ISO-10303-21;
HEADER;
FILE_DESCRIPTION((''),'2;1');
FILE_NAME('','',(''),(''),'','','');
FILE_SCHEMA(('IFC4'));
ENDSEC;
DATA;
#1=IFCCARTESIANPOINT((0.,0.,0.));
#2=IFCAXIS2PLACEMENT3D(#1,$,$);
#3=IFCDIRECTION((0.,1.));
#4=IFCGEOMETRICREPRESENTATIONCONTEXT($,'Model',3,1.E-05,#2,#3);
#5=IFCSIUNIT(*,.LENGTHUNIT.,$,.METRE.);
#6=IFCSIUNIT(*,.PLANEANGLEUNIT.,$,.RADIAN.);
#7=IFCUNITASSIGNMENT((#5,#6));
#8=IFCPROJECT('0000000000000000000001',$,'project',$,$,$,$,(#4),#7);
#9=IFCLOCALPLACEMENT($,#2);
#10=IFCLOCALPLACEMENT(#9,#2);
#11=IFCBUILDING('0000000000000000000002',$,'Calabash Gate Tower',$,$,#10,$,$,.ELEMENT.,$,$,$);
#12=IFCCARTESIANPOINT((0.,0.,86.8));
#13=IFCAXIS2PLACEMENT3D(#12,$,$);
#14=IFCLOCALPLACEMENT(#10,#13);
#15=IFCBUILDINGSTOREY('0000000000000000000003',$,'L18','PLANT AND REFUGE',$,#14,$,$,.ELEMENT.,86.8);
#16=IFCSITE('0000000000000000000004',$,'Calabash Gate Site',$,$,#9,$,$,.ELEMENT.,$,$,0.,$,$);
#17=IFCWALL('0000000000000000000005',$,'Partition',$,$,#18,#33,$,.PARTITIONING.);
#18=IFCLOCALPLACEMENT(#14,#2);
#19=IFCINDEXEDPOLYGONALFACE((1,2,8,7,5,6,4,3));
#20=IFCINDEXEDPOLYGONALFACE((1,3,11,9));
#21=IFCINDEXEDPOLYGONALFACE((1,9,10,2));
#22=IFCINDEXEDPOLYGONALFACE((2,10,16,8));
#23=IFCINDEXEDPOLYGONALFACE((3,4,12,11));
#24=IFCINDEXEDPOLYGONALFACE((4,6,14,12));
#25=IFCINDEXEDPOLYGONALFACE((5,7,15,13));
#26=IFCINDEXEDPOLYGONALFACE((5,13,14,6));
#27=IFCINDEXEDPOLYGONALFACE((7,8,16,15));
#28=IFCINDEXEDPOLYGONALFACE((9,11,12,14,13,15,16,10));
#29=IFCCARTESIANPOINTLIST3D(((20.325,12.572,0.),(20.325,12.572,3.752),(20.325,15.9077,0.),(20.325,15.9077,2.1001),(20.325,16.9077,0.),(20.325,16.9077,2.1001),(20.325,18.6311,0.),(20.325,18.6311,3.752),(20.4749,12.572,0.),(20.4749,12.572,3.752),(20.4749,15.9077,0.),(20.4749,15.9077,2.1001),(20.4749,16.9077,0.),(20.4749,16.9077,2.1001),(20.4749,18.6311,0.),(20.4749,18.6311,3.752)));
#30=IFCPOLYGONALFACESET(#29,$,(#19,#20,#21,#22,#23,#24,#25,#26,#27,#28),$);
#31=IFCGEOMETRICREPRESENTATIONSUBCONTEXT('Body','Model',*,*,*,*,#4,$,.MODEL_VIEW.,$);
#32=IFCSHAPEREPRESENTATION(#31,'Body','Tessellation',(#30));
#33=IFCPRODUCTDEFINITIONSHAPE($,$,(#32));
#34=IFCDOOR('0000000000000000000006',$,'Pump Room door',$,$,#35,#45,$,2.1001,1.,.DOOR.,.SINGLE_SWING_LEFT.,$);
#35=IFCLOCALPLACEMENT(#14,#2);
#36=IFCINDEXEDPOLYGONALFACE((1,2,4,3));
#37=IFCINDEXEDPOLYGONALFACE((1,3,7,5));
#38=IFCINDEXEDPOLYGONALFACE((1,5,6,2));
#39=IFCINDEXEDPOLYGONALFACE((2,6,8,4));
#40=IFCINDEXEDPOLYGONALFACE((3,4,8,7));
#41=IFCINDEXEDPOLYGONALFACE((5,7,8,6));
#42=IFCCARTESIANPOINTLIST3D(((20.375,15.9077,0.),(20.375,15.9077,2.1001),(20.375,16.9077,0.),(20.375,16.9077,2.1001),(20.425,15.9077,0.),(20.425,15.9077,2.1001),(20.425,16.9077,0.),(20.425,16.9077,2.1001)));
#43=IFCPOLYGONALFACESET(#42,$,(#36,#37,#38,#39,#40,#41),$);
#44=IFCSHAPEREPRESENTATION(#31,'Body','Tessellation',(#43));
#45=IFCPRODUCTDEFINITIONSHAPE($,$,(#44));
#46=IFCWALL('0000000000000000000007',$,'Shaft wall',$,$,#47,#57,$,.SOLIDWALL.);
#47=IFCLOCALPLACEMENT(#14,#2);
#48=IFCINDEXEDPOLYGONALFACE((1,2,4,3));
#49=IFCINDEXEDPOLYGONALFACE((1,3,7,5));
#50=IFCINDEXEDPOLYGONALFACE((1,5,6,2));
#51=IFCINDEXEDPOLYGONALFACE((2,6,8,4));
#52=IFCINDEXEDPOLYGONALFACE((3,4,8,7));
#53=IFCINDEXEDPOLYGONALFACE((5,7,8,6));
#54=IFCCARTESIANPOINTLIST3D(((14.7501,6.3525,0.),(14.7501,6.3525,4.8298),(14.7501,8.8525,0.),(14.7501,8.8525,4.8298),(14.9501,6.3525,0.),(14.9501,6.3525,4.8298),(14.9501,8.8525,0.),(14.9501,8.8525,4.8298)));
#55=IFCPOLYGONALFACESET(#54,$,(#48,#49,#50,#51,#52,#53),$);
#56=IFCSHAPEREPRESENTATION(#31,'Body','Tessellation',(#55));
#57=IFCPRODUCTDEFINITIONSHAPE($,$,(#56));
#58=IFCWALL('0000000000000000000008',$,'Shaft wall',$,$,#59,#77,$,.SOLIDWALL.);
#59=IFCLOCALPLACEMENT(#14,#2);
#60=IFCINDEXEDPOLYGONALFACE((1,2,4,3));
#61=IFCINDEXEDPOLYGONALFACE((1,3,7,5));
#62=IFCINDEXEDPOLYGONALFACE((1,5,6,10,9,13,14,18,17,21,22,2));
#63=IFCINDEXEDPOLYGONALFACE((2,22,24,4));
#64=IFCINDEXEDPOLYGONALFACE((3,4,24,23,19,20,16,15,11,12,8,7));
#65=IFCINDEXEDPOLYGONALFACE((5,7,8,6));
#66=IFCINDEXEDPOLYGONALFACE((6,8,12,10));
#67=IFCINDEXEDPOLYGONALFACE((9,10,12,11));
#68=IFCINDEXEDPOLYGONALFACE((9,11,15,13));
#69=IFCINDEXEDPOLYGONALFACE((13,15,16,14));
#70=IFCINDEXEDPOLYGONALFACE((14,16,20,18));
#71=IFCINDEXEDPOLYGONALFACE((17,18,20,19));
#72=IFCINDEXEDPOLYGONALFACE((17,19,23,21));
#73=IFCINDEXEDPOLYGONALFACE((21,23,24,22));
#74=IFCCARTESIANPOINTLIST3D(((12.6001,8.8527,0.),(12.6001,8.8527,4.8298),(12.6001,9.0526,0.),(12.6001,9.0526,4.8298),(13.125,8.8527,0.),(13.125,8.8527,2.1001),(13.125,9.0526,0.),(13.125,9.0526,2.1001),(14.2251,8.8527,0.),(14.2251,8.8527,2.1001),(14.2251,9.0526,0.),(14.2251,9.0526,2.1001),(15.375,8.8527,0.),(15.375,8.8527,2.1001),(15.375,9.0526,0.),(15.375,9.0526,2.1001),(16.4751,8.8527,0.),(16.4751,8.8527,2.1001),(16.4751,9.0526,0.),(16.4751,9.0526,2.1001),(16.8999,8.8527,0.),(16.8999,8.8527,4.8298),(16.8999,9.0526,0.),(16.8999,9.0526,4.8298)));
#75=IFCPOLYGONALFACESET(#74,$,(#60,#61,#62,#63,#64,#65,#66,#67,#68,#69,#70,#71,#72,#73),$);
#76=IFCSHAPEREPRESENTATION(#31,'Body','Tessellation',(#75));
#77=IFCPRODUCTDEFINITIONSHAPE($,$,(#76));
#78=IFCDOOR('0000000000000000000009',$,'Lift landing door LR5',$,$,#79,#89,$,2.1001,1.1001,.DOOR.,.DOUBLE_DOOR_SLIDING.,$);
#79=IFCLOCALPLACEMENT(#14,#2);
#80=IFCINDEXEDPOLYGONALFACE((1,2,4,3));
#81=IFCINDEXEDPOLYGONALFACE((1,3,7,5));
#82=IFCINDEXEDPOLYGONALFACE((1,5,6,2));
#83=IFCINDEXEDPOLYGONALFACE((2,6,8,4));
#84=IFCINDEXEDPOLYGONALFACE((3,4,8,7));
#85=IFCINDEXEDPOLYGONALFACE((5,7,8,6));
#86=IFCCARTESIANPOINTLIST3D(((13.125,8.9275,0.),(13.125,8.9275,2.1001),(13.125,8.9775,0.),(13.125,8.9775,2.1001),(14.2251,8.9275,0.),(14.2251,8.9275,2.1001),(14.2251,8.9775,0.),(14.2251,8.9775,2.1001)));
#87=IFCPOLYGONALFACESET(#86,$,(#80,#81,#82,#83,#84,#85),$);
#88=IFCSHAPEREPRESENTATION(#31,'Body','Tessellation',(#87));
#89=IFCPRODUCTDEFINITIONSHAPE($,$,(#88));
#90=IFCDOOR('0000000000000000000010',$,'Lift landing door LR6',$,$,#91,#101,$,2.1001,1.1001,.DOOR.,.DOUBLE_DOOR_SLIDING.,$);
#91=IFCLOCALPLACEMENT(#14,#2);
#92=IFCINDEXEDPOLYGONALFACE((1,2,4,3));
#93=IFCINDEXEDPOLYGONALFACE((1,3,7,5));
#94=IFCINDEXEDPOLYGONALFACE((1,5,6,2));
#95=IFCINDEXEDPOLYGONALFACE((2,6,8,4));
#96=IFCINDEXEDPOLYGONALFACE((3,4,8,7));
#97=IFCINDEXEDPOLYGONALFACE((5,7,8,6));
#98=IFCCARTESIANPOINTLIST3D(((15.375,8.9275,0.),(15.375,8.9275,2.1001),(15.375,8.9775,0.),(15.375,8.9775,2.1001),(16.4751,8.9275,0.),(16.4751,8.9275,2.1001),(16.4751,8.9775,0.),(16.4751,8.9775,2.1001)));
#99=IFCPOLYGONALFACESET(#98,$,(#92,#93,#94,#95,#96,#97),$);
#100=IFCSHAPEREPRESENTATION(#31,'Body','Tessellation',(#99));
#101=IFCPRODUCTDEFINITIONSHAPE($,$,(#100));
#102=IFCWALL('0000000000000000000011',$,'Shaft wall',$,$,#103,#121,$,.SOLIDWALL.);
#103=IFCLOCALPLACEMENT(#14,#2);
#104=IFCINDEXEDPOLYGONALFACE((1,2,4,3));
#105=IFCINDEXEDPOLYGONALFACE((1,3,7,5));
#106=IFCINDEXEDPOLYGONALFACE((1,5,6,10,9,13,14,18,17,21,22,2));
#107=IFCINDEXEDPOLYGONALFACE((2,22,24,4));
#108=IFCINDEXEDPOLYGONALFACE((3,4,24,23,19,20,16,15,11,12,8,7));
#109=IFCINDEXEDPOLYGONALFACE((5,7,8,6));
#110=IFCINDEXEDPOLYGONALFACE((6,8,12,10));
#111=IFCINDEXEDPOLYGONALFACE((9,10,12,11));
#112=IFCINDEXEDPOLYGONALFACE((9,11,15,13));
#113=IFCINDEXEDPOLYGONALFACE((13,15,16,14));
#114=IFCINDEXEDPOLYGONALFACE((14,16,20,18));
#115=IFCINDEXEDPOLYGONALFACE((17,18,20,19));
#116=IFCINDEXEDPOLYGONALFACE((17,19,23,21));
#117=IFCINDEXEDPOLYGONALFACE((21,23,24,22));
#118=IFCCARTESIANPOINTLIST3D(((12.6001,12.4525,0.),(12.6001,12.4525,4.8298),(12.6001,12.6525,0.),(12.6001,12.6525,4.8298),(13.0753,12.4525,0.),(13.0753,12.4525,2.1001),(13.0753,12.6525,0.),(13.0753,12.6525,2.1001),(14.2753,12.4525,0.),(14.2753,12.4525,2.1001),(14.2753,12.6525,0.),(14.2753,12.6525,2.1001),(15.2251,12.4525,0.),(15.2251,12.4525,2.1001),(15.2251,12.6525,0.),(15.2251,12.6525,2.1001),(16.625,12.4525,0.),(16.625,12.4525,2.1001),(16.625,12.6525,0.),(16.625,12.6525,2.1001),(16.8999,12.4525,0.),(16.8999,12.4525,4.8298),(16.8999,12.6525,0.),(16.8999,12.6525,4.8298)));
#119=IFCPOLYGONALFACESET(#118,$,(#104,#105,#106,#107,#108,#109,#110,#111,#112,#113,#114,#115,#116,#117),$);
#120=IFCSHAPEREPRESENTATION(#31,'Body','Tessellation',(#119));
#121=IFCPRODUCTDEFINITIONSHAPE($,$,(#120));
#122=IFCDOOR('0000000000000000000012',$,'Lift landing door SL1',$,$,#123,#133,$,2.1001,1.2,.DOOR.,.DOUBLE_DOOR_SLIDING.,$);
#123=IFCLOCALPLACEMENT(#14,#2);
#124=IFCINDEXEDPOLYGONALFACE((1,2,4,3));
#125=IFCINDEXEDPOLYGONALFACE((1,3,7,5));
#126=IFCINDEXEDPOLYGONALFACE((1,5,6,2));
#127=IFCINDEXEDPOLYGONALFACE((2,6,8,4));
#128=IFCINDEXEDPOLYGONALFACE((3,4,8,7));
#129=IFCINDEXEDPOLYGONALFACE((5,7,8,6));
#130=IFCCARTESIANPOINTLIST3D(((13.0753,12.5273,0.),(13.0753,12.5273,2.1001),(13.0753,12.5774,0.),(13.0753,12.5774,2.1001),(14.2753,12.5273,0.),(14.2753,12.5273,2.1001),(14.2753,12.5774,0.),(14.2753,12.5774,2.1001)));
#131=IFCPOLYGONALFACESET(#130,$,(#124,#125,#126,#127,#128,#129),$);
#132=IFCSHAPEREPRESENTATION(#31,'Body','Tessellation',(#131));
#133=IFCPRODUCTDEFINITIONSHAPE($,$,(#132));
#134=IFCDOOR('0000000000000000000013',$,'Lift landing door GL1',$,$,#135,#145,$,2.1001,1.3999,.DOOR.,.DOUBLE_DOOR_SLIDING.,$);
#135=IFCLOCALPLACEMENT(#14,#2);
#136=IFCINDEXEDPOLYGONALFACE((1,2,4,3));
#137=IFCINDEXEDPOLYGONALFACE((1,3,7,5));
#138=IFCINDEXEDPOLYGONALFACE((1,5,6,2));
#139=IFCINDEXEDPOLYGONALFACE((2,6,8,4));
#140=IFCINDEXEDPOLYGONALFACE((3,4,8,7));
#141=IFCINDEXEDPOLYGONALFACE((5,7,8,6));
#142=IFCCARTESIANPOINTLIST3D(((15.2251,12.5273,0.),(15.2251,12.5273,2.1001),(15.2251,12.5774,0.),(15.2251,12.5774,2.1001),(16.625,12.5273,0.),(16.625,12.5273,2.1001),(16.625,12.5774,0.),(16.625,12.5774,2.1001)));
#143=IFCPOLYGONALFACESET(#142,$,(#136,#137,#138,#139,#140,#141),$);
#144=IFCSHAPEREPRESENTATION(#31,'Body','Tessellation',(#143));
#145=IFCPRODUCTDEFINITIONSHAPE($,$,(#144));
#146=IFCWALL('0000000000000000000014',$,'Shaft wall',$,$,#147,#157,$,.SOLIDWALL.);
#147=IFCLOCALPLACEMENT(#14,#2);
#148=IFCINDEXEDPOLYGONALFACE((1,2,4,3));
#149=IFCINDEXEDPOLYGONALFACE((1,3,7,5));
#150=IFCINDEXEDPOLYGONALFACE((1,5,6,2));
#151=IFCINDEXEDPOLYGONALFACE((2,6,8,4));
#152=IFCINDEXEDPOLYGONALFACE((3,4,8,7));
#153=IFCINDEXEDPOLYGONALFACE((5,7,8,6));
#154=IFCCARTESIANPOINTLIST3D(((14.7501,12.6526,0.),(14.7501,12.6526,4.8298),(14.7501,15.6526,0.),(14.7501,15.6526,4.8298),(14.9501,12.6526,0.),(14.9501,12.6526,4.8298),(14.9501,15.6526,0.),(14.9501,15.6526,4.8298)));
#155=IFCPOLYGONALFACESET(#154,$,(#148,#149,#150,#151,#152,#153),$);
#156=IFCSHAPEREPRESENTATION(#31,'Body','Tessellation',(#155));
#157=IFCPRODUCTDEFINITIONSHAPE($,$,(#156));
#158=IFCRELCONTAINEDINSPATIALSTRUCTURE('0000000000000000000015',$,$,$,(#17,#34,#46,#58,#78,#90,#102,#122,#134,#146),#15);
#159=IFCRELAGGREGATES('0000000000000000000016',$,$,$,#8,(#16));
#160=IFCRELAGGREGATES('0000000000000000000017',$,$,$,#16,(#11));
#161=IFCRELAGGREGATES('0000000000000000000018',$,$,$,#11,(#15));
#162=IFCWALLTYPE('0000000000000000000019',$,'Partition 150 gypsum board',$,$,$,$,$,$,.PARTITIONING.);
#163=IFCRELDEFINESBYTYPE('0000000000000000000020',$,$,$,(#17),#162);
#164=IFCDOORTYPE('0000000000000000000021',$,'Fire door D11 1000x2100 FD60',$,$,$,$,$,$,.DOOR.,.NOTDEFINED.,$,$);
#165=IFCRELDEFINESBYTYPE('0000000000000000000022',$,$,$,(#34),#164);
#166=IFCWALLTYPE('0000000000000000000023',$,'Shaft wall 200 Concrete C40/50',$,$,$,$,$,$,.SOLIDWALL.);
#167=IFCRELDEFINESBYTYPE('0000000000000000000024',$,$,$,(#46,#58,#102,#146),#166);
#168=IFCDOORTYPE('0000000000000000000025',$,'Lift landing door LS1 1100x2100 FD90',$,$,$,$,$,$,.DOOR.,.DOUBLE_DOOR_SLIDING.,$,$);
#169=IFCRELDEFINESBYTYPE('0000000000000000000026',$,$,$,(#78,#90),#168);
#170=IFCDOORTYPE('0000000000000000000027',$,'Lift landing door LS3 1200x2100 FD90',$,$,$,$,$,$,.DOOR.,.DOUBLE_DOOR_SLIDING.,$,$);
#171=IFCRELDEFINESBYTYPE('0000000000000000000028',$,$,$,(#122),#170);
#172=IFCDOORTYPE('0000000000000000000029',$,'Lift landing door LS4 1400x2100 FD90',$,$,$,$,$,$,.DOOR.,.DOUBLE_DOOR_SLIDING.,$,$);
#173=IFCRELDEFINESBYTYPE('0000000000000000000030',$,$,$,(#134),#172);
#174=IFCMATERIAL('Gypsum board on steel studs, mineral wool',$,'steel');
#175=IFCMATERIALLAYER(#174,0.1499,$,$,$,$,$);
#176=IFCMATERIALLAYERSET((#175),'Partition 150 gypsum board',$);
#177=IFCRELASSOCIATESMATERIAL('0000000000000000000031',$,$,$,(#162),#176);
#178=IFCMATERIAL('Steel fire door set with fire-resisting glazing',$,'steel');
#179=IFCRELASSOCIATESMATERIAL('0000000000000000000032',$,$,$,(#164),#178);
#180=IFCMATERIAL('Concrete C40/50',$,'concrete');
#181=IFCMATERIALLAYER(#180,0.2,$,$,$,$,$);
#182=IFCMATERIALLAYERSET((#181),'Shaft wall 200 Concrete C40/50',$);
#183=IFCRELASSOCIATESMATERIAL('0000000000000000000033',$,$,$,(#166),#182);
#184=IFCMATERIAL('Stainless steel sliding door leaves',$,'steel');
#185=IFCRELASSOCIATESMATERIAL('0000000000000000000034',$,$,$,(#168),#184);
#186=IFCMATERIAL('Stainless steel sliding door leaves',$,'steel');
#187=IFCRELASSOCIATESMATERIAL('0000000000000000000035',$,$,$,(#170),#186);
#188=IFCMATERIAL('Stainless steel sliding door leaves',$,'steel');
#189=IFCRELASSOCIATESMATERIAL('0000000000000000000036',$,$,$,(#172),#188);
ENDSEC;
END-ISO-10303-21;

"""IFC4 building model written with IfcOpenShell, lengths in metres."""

from ifc_helpers import new_model, si_unit, direction, frame, frame_2d, origin, place, context, subcontext, project, spatial, rectangle, extrude, material, layer, layer_set, type_object, element, fill, save


model = new_model("IFC4")

# Units and contexts
model_context = context("Model", 3, precision=1e-05, world=origin(), true_north=direction((0.0, 1.0)))
body_context = subcontext(model_context, "Body", "Model", "MODEL_VIEW")
ifc_project = project(units=[si_unit("LENGTHUNIT", "METRE"), si_unit("PLANEANGLEUNIT", "RADIAN")], contexts=[model_context])

# Site, building, storey
site_placement = place(None, origin())
site = spatial("IfcSite", under=ifc_project, at=site_placement, Name="Calabash Gate Site", CompositionType="ELEMENT", RefElevation=0.0)
building_placement = place(site_placement, origin())
building = spatial("IfcBuilding", under=site, at=building_placement, Name="Calabash Gate Tower", CompositionType="ELEMENT")
storey_placement = place(building_placement, frame((0.0, 0.0, 86.8)))
storey = spatial("IfcBuildingStorey", under=building, at=storey_placement, Name="L18", Description="PLANT AND REFUGE", CompositionType="ELEMENT", Elevation=86.8)

# Shared definitions
ifc_material_1 = material(Name="Gypsum board on steel studs, mineral wool", Category="steel")
ifc_layer_1 = layer(ifc_material_1, 0.1499)
ifc_layer_set_1 = layer_set([ifc_layer_1], Name="Partition 150 gypsum board")
wall_type_1 = type_object("IfcWallType", Name="Partition 150 gypsum board", PredefinedType="PARTITIONING", material=ifc_layer_set_1)

# Wall, opening, door
wall_1_placement = place(storey_placement, frame((20.3999, 12.572, 0.0), z_axis=(0.0, 0.0, 1.0), x_axis=(0.0, 1.0, 0.0)))
wall_1 = element("IfcWall", 1, at=wall_1_placement, inside=storey, type_object=wall_type_1, Name="Partition", PredefinedType="PARTITIONING", context=body_context, shape_type="SweptSolid", body=[
    extrude(rectangle(XDim=6.0591, YDim=0.1499, at=frame_2d((3.0295, 0.0))), origin(), (0.0, 0.0, 1.0), 3.752),
])
opening_1_placement = place(wall_1_placement, frame((3.3357, 0.0, 0.0)))
opening_1 = element("IfcOpeningElement", 2, at=opening_1_placement, cuts=wall_1, PredefinedType="OPENING", context=body_context, shape_type="SweptSolid", body=[
    extrude(rectangle(XDim=1.0, YDim=2.1001, at=frame_2d((0.5, 1.05))), frame((0.0, 0.085, 0.0), z_axis=(0.0, -1.0, 0.0), x_axis=(1.0, 0.0, 0.0)), (0.0, 0.0, 1.0), 0.1699),
])
ifc_material_2 = material(Name="Steel fire door set with fire-resisting glazing", Category="steel")
door_type_1 = type_object("IfcDoorType", Name="Fire door D11 1000x2100 FD60", OperationType="NOTDEFINED", PredefinedType="DOOR", material=ifc_material_2)
door_1_placement = place(opening_1_placement, origin())
door_1 = element("IfcDoor", 3, at=door_1_placement, inside=storey, type_object=door_type_1, Name="Pump Room door", OperationType="SINGLE_SWING_LEFT", OverallHeight=2.1001, OverallWidth=1.0, PredefinedType="DOOR", context=body_context, shape_type="SweptSolid", body=[
    extrude(rectangle(XDim=1.0, YDim=2.1001, at=frame_2d((0.5, 1.05))), frame((0.0, 0.0249, 0.0), z_axis=(0.0, -1.0, 0.0), x_axis=(1.0, 0.0, 0.0)), (0.0, 0.0, 1.0), 0.05),
])
fill(opening_1, door_1)

# Wall
ifc_material_3 = material(Name="Concrete C40/50", Category="concrete")
ifc_layer_2 = layer(ifc_material_3, 0.2)
ifc_layer_set_2 = layer_set([ifc_layer_2], Name="Shaft wall 200 Concrete C40/50")
wall_type_2 = type_object("IfcWallType", Name="Shaft wall 200 Concrete C40/50", PredefinedType="SOLIDWALL", material=ifc_layer_set_2)
wall_2_placement = place(storey_placement, frame((14.8501, 6.3525, 0.0), z_axis=(0.0, 0.0, 1.0), x_axis=(0.0, 1.0, 0.0)))
element("IfcWall", 4, at=wall_2_placement, inside=storey, type_object=wall_type_2, Name="Shaft wall", PredefinedType="SOLIDWALL", context=body_context, shape_type="SweptSolid", body=[
    extrude(rectangle(XDim=2.5, YDim=0.2, at=frame_2d((1.25, 0.0))), origin(), (0.0, 0.0, 1.0), 4.8298),
])

# Walls, openings, doors
wall_3_placement = place(storey_placement, frame((12.6001, 8.9526, 0.0), z_axis=(0.0, 0.0, 1.0), x_axis=(1.0, 0.0, 0.0)))
wall_3 = element("IfcWall", 5, at=wall_3_placement, inside=storey, type_object=wall_type_2, Name="Shaft wall", PredefinedType="SOLIDWALL", context=body_context, shape_type="SweptSolid", body=[
    extrude(rectangle(XDim=4.2998, YDim=0.2, at=frame_2d((2.1499, 0.0))), origin(), (0.0, 0.0, 1.0), 4.8298),
])
opening_2_placement = place(wall_3_placement, frame((0.5249, 0.0, 0.0)))
opening_2 = element("IfcOpeningElement", 6, at=opening_2_placement, cuts=wall_3, PredefinedType="OPENING", context=body_context, shape_type="SweptSolid", body=[
    extrude(rectangle(XDim=1.1001, YDim=2.1001, at=frame_2d((0.55, 1.05))), frame((0.0, 0.1099, 0.0), z_axis=(0.0, -1.0, 0.0), x_axis=(1.0, 0.0, 0.0)), (0.0, 0.0, 1.0), 0.22),
])
opening_3_placement = place(wall_3_placement, frame((2.7749, 0.0, 0.0)))
opening_3 = element("IfcOpeningElement", 7, at=opening_3_placement, cuts=wall_3, PredefinedType="OPENING", context=body_context, shape_type="SweptSolid", body=[
    extrude(rectangle(XDim=1.1001, YDim=2.1001, at=frame_2d((0.55, 1.05))), frame((0.0, 0.1099, 0.0), z_axis=(0.0, -1.0, 0.0), x_axis=(1.0, 0.0, 0.0)), (0.0, 0.0, 1.0), 0.22),
])
ifc_material_4 = material(Name="Stainless steel sliding door leaves", Category="steel")
door_type_2 = type_object("IfcDoorType", Name="Lift landing door LS1 1100x2100 FD90", OperationType="DOUBLE_DOOR_SLIDING", PredefinedType="DOOR", material=ifc_material_4)
door_2_placement = place(opening_2_placement, origin())
door_2 = element("IfcDoor", 8, at=door_2_placement, inside=storey, type_object=door_type_2, Name="Lift landing door LR5", OperationType="DOUBLE_DOOR_SLIDING", OverallHeight=2.1001, OverallWidth=1.1001, PredefinedType="DOOR", context=body_context, shape_type="SweptSolid", body=[
    extrude(rectangle(XDim=1.1001, YDim=2.1001, at=frame_2d((0.55, 1.05))), frame((0.0, 0.0249, 0.0), z_axis=(0.0, -1.0, 0.0), x_axis=(1.0, 0.0, 0.0)), (0.0, 0.0, 1.0), 0.05),
])
fill(opening_2, door_2)
door_3_placement = place(opening_3_placement, origin())
door_3 = element("IfcDoor", 9, at=door_3_placement, inside=storey, type_object=door_type_2, Name="Lift landing door LR6", OperationType="DOUBLE_DOOR_SLIDING", OverallHeight=2.1001, OverallWidth=1.1001, PredefinedType="DOOR", context=body_context, shape_type="SweptSolid", body=[
    extrude(rectangle(XDim=1.1001, YDim=2.1001, at=frame_2d((0.55, 1.05))), frame((0.0, 0.0249, 0.0), z_axis=(0.0, -1.0, 0.0), x_axis=(1.0, 0.0, 0.0)), (0.0, 0.0, 1.0), 0.05),
])
fill(opening_3, door_3)
wall_4_placement = place(storey_placement, frame((12.6001, 12.5525, 0.0), z_axis=(0.0, 0.0, 1.0), x_axis=(1.0, 0.0, 0.0)))
wall_4 = element("IfcWall", 10, at=wall_4_placement, inside=storey, type_object=wall_type_2, Name="Shaft wall", PredefinedType="SOLIDWALL", context=body_context, shape_type="SweptSolid", body=[
    extrude(rectangle(XDim=4.2998, YDim=0.2, at=frame_2d((2.1499, 0.0))), origin(), (0.0, 0.0, 1.0), 4.8298),
])
opening_4_placement = place(wall_4_placement, frame((0.4751, 0.0, 0.0)))
opening_4 = element("IfcOpeningElement", 11, at=opening_4_placement, cuts=wall_4, PredefinedType="OPENING", context=body_context, shape_type="SweptSolid", body=[
    extrude(rectangle(XDim=1.2, YDim=2.1001, at=frame_2d((0.6001, 1.05))), frame((0.0, 0.1099, 0.0), z_axis=(0.0, -1.0, 0.0), x_axis=(1.0, 0.0, 0.0)), (0.0, 0.0, 1.0), 0.22),
])
opening_5_placement = place(wall_4_placement, frame((2.625, 0.0, 0.0)))
opening_5 = element("IfcOpeningElement", 12, at=opening_5_placement, cuts=wall_4, PredefinedType="OPENING", context=body_context, shape_type="SweptSolid", body=[
    extrude(rectangle(XDim=1.3999, YDim=2.1001, at=frame_2d((0.7, 1.05))), frame((0.0, 0.1099, 0.0), z_axis=(0.0, -1.0, 0.0), x_axis=(1.0, 0.0, 0.0)), (0.0, 0.0, 1.0), 0.22),
])
ifc_material_5 = material(Name="Stainless steel sliding door leaves", Category="steel")
door_type_3 = type_object("IfcDoorType", Name="Lift landing door LS3 1200x2100 FD90", OperationType="DOUBLE_DOOR_SLIDING", PredefinedType="DOOR", material=ifc_material_5)
door_4_placement = place(opening_4_placement, origin())
door_4 = element("IfcDoor", 13, at=door_4_placement, inside=storey, type_object=door_type_3, Name="Lift landing door SL1", OperationType="DOUBLE_DOOR_SLIDING", OverallHeight=2.1001, OverallWidth=1.2, PredefinedType="DOOR", context=body_context, shape_type="SweptSolid", body=[
    extrude(rectangle(XDim=1.2, YDim=2.1001, at=frame_2d((0.6001, 1.05))), frame((0.0, 0.0249, 0.0), z_axis=(0.0, -1.0, 0.0), x_axis=(1.0, 0.0, 0.0)), (0.0, 0.0, 1.0), 0.05),
])
fill(opening_4, door_4)
ifc_material_6 = material(Name="Stainless steel sliding door leaves", Category="steel")
door_type_4 = type_object("IfcDoorType", Name="Lift landing door LS4 1400x2100 FD90", OperationType="DOUBLE_DOOR_SLIDING", PredefinedType="DOOR", material=ifc_material_6)
door_5_placement = place(opening_5_placement, origin())
door_5 = element("IfcDoor", 14, at=door_5_placement, inside=storey, type_object=door_type_4, Name="Lift landing door GL1", OperationType="DOUBLE_DOOR_SLIDING", OverallHeight=2.1001, OverallWidth=1.3999, PredefinedType="DOOR", context=body_context, shape_type="SweptSolid", body=[
    extrude(rectangle(XDim=1.3999, YDim=2.1001, at=frame_2d((0.7, 1.05))), frame((0.0, 0.0249, 0.0), z_axis=(0.0, -1.0, 0.0), x_axis=(1.0, 0.0, 0.0)), (0.0, 0.0, 1.0), 0.05),
])
fill(opening_5, door_5)

# Wall
wall_5_placement = place(storey_placement, frame((14.8501, 12.6526, 0.0), z_axis=(0.0, 0.0, 1.0), x_axis=(0.0, 1.0, 0.0)))
element("IfcWall", 15, at=wall_5_placement, inside=storey, type_object=wall_type_2, Name="Shaft wall", PredefinedType="SOLIDWALL", context=body_context, shape_type="SweptSolid", body=[
    extrude(rectangle(XDim=3.0, YDim=0.2, at=frame_2d((1.5, 0.0))), origin(), (0.0, 0.0, 1.0), 4.8298),
])

save(model, "model.ifc")
